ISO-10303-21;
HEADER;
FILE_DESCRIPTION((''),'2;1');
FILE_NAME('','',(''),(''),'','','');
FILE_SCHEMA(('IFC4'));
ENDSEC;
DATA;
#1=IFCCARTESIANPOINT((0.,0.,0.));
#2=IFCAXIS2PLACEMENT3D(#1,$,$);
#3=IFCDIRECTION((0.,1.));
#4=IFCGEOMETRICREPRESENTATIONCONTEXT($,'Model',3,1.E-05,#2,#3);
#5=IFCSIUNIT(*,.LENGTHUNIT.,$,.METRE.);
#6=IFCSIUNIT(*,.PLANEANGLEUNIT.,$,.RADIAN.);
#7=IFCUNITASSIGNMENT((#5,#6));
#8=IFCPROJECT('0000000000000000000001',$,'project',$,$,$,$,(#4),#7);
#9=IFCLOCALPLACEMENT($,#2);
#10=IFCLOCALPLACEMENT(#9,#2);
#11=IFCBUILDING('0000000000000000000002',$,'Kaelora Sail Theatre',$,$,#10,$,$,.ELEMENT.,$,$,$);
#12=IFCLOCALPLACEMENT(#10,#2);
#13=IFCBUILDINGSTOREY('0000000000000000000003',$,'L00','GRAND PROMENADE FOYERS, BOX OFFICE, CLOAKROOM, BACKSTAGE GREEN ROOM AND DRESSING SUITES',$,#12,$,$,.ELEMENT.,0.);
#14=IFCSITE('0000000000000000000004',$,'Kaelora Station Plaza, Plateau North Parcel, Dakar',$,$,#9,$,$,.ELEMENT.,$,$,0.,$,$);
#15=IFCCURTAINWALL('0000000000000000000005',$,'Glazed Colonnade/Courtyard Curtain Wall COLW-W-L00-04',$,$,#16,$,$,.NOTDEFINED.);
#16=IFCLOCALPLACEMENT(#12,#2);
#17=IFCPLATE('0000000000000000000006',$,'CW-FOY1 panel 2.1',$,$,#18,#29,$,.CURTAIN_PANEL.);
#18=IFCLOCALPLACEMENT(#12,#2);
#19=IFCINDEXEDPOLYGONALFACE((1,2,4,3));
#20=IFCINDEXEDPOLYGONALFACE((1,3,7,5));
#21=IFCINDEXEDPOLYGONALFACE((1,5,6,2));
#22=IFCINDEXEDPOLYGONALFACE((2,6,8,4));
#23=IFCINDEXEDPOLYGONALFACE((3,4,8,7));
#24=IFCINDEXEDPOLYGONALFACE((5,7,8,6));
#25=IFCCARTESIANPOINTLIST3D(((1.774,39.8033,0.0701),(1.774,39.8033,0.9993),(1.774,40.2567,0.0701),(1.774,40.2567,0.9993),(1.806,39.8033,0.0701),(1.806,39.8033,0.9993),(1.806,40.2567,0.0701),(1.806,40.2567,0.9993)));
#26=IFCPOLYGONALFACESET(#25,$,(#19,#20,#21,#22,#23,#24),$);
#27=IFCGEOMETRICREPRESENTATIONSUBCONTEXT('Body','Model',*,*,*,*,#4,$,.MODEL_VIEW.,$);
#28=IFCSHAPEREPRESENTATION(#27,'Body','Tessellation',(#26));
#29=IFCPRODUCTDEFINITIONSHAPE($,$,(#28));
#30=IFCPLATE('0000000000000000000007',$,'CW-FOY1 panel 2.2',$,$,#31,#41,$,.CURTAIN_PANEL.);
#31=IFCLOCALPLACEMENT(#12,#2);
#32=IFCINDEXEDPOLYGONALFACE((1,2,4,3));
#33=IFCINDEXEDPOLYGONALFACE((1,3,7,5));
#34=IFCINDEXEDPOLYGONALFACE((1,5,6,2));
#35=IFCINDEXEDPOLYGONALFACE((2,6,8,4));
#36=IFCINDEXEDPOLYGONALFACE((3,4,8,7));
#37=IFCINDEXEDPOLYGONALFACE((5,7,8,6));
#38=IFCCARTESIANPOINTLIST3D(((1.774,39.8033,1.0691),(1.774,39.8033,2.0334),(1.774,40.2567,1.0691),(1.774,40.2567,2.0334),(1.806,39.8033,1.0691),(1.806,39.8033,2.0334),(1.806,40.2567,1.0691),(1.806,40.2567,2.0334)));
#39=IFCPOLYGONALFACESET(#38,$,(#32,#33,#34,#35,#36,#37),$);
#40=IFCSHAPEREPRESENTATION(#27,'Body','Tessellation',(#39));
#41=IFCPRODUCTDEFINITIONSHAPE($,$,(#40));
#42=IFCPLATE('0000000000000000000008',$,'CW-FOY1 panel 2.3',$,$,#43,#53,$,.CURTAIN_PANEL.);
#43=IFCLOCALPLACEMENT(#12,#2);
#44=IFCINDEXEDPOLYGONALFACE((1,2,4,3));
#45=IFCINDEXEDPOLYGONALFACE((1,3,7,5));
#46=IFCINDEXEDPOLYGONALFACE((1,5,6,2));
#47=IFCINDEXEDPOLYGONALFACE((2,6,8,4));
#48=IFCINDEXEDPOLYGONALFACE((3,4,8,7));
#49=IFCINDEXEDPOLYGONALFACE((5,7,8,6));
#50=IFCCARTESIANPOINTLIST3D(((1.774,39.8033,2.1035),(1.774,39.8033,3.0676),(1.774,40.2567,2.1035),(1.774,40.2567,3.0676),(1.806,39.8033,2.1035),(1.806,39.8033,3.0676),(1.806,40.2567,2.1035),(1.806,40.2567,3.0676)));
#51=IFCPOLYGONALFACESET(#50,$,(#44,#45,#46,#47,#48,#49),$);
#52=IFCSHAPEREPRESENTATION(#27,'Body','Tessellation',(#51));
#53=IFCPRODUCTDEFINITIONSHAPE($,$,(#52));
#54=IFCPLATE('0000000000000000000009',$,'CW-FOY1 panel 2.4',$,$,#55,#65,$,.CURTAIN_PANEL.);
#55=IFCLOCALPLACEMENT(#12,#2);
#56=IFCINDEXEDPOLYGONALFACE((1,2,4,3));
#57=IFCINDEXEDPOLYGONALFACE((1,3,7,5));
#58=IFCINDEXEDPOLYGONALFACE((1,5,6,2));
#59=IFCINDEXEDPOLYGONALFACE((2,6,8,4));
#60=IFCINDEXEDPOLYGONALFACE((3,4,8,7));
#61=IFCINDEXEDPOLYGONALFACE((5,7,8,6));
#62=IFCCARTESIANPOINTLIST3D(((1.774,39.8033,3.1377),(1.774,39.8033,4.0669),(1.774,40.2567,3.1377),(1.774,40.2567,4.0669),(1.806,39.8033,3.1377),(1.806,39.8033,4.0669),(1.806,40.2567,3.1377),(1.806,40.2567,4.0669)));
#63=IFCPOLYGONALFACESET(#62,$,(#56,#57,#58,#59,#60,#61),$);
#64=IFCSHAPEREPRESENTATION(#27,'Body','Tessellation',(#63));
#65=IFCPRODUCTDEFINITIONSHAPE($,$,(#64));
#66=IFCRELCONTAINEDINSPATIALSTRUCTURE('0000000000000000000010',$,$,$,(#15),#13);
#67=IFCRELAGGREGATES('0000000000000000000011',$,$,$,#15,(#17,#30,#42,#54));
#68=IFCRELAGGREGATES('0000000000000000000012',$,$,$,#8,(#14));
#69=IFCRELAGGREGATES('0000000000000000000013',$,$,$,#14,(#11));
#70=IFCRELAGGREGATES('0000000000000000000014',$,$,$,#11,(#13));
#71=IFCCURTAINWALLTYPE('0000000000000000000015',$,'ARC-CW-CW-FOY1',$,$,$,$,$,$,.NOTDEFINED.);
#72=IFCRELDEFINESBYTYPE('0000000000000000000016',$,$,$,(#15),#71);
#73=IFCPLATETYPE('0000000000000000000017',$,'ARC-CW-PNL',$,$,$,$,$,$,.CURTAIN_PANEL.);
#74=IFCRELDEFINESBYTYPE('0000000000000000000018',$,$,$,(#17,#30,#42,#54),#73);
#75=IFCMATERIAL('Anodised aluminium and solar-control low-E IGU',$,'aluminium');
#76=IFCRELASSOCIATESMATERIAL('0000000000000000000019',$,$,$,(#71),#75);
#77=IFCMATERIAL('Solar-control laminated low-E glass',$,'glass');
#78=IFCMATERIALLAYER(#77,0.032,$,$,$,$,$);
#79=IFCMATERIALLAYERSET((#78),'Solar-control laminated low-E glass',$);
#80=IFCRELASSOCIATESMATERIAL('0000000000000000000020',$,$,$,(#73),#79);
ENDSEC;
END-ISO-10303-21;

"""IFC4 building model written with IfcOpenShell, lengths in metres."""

from ifc_helpers import new_model, si_unit, direction, frame, origin, origin_2d, place, context, subcontext, project, spatial, rectangle, extrude, material, layer, layer_set, type_object, element, aggregate, save


model = new_model("IFC4")

# Units and contexts
model_context = context("Model", 3, precision=1e-05, world=origin(), true_north=direction((0.0, 1.0)))
body_context = subcontext(model_context, "Body", "Model", "MODEL_VIEW")
ifc_project = project(units=[si_unit("LENGTHUNIT", "METRE"), si_unit("PLANEANGLEUNIT", "RADIAN")], contexts=[model_context])

# Site, building, storey
site_placement = place(None, origin())
site = spatial("IfcSite", under=ifc_project, at=site_placement, Name="Kaelora Station Plaza, Plateau North Parcel, Dakar", CompositionType="ELEMENT", RefElevation=0.0)
building_placement = place(site_placement, origin())
building = spatial("IfcBuilding", under=site, at=building_placement, Name="Kaelora Sail Theatre", CompositionType="ELEMENT")
storey_placement = place(building_placement, origin())
storey = spatial("IfcBuildingStorey", under=building, at=storey_placement, Name="L00", Description="GRAND PROMENADE FOYERS, BOX OFFICE, CLOAKROOM, BACKSTAGE GREEN ROOM AND DRESSING SUITES", CompositionType="ELEMENT", Elevation=0.0)

# Curtain wall, plates
ifc_material_1 = material(Name="Anodised aluminium and solar-control low-E IGU", Category="aluminium")
curtain_wall_type = type_object("IfcCurtainWallType", Name="ARC-CW-CW-FOY1", PredefinedType="NOTDEFINED", material=ifc_material_1)
curtain_wall_placement = place(storey_placement, origin())
curtain_wall = element("IfcCurtainWall", 1, at=curtain_wall_placement, inside=storey, type_object=curtain_wall_type, Name="Glazed Colonnade/Courtyard Curtain Wall COLW-W-L00-04", PredefinedType="NOTDEFINED")
ifc_material_2 = material(Name="Solar-control laminated low-E glass", Category="glass")
ifc_layer = layer(ifc_material_2, 0.032)
ifc_layer_set = layer_set([ifc_layer], Name="Solar-control laminated low-E glass")
plate_type = type_object("IfcPlateType", Name="ARC-CW-PNL", PredefinedType="CURTAIN_PANEL", material=ifc_layer_set)
plate_1_placement = place(storey_placement, frame((1.79, 40.03, 0.0701), z_axis=(0.0, 0.0, 1.0), x_axis=(0.0, 1.0, 0.0)))
plate_1 = element("IfcPlate", 2, at=plate_1_placement, type_object=plate_type, Name="CW-FOY1 panel 2.1", PredefinedType="CURTAIN_PANEL", context=body_context, shape_type="SweptSolid", body=[
    extrude(rectangle(XDim=0.4534, YDim=0.032, at=origin_2d()), origin(), (0.0, 0.0, 1.0), 0.9292),
])
plate_2_placement = place(storey_placement, frame((1.79, 40.03, 1.0691), z_axis=(0.0, 0.0, 1.0), x_axis=(0.0, 1.0, 0.0)))
plate_2 = element("IfcPlate", 3, at=plate_2_placement, type_object=plate_type, Name="CW-FOY1 panel 2.2", PredefinedType="CURTAIN_PANEL", context=body_context, shape_type="SweptSolid", body=[
    extrude(rectangle(XDim=0.4534, YDim=0.032, at=origin_2d()), origin(), (0.0, 0.0, 1.0), 0.9644),
])
plate_3_placement = place(storey_placement, frame((1.79, 40.03, 2.1035), z_axis=(0.0, 0.0, 1.0), x_axis=(0.0, 1.0, 0.0)))
plate_3 = element("IfcPlate", 4, at=plate_3_placement, type_object=plate_type, Name="CW-FOY1 panel 2.3", PredefinedType="CURTAIN_PANEL", context=body_context, shape_type="SweptSolid", body=[
    extrude(rectangle(XDim=0.4534, YDim=0.032, at=origin_2d()), origin(), (0.0, 0.0, 1.0), 0.9641),
])
plate_4_placement = place(storey_placement, frame((1.79, 40.03, 3.1377), z_axis=(0.0, 0.0, 1.0), x_axis=(0.0, 1.0, 0.0)))
plate_4 = element("IfcPlate", 5, at=plate_4_placement, type_object=plate_type, Name="CW-FOY1 panel 2.4", PredefinedType="CURTAIN_PANEL", context=body_context, shape_type="SweptSolid", body=[
    extrude(rectangle(XDim=0.4534, YDim=0.032, at=origin_2d()), origin(), (0.0, 0.0, 1.0), 0.9292),
])
aggregate(curtain_wall, [plate_1, plate_2, plate_3, plate_4])

save(model, "model.ifc")
